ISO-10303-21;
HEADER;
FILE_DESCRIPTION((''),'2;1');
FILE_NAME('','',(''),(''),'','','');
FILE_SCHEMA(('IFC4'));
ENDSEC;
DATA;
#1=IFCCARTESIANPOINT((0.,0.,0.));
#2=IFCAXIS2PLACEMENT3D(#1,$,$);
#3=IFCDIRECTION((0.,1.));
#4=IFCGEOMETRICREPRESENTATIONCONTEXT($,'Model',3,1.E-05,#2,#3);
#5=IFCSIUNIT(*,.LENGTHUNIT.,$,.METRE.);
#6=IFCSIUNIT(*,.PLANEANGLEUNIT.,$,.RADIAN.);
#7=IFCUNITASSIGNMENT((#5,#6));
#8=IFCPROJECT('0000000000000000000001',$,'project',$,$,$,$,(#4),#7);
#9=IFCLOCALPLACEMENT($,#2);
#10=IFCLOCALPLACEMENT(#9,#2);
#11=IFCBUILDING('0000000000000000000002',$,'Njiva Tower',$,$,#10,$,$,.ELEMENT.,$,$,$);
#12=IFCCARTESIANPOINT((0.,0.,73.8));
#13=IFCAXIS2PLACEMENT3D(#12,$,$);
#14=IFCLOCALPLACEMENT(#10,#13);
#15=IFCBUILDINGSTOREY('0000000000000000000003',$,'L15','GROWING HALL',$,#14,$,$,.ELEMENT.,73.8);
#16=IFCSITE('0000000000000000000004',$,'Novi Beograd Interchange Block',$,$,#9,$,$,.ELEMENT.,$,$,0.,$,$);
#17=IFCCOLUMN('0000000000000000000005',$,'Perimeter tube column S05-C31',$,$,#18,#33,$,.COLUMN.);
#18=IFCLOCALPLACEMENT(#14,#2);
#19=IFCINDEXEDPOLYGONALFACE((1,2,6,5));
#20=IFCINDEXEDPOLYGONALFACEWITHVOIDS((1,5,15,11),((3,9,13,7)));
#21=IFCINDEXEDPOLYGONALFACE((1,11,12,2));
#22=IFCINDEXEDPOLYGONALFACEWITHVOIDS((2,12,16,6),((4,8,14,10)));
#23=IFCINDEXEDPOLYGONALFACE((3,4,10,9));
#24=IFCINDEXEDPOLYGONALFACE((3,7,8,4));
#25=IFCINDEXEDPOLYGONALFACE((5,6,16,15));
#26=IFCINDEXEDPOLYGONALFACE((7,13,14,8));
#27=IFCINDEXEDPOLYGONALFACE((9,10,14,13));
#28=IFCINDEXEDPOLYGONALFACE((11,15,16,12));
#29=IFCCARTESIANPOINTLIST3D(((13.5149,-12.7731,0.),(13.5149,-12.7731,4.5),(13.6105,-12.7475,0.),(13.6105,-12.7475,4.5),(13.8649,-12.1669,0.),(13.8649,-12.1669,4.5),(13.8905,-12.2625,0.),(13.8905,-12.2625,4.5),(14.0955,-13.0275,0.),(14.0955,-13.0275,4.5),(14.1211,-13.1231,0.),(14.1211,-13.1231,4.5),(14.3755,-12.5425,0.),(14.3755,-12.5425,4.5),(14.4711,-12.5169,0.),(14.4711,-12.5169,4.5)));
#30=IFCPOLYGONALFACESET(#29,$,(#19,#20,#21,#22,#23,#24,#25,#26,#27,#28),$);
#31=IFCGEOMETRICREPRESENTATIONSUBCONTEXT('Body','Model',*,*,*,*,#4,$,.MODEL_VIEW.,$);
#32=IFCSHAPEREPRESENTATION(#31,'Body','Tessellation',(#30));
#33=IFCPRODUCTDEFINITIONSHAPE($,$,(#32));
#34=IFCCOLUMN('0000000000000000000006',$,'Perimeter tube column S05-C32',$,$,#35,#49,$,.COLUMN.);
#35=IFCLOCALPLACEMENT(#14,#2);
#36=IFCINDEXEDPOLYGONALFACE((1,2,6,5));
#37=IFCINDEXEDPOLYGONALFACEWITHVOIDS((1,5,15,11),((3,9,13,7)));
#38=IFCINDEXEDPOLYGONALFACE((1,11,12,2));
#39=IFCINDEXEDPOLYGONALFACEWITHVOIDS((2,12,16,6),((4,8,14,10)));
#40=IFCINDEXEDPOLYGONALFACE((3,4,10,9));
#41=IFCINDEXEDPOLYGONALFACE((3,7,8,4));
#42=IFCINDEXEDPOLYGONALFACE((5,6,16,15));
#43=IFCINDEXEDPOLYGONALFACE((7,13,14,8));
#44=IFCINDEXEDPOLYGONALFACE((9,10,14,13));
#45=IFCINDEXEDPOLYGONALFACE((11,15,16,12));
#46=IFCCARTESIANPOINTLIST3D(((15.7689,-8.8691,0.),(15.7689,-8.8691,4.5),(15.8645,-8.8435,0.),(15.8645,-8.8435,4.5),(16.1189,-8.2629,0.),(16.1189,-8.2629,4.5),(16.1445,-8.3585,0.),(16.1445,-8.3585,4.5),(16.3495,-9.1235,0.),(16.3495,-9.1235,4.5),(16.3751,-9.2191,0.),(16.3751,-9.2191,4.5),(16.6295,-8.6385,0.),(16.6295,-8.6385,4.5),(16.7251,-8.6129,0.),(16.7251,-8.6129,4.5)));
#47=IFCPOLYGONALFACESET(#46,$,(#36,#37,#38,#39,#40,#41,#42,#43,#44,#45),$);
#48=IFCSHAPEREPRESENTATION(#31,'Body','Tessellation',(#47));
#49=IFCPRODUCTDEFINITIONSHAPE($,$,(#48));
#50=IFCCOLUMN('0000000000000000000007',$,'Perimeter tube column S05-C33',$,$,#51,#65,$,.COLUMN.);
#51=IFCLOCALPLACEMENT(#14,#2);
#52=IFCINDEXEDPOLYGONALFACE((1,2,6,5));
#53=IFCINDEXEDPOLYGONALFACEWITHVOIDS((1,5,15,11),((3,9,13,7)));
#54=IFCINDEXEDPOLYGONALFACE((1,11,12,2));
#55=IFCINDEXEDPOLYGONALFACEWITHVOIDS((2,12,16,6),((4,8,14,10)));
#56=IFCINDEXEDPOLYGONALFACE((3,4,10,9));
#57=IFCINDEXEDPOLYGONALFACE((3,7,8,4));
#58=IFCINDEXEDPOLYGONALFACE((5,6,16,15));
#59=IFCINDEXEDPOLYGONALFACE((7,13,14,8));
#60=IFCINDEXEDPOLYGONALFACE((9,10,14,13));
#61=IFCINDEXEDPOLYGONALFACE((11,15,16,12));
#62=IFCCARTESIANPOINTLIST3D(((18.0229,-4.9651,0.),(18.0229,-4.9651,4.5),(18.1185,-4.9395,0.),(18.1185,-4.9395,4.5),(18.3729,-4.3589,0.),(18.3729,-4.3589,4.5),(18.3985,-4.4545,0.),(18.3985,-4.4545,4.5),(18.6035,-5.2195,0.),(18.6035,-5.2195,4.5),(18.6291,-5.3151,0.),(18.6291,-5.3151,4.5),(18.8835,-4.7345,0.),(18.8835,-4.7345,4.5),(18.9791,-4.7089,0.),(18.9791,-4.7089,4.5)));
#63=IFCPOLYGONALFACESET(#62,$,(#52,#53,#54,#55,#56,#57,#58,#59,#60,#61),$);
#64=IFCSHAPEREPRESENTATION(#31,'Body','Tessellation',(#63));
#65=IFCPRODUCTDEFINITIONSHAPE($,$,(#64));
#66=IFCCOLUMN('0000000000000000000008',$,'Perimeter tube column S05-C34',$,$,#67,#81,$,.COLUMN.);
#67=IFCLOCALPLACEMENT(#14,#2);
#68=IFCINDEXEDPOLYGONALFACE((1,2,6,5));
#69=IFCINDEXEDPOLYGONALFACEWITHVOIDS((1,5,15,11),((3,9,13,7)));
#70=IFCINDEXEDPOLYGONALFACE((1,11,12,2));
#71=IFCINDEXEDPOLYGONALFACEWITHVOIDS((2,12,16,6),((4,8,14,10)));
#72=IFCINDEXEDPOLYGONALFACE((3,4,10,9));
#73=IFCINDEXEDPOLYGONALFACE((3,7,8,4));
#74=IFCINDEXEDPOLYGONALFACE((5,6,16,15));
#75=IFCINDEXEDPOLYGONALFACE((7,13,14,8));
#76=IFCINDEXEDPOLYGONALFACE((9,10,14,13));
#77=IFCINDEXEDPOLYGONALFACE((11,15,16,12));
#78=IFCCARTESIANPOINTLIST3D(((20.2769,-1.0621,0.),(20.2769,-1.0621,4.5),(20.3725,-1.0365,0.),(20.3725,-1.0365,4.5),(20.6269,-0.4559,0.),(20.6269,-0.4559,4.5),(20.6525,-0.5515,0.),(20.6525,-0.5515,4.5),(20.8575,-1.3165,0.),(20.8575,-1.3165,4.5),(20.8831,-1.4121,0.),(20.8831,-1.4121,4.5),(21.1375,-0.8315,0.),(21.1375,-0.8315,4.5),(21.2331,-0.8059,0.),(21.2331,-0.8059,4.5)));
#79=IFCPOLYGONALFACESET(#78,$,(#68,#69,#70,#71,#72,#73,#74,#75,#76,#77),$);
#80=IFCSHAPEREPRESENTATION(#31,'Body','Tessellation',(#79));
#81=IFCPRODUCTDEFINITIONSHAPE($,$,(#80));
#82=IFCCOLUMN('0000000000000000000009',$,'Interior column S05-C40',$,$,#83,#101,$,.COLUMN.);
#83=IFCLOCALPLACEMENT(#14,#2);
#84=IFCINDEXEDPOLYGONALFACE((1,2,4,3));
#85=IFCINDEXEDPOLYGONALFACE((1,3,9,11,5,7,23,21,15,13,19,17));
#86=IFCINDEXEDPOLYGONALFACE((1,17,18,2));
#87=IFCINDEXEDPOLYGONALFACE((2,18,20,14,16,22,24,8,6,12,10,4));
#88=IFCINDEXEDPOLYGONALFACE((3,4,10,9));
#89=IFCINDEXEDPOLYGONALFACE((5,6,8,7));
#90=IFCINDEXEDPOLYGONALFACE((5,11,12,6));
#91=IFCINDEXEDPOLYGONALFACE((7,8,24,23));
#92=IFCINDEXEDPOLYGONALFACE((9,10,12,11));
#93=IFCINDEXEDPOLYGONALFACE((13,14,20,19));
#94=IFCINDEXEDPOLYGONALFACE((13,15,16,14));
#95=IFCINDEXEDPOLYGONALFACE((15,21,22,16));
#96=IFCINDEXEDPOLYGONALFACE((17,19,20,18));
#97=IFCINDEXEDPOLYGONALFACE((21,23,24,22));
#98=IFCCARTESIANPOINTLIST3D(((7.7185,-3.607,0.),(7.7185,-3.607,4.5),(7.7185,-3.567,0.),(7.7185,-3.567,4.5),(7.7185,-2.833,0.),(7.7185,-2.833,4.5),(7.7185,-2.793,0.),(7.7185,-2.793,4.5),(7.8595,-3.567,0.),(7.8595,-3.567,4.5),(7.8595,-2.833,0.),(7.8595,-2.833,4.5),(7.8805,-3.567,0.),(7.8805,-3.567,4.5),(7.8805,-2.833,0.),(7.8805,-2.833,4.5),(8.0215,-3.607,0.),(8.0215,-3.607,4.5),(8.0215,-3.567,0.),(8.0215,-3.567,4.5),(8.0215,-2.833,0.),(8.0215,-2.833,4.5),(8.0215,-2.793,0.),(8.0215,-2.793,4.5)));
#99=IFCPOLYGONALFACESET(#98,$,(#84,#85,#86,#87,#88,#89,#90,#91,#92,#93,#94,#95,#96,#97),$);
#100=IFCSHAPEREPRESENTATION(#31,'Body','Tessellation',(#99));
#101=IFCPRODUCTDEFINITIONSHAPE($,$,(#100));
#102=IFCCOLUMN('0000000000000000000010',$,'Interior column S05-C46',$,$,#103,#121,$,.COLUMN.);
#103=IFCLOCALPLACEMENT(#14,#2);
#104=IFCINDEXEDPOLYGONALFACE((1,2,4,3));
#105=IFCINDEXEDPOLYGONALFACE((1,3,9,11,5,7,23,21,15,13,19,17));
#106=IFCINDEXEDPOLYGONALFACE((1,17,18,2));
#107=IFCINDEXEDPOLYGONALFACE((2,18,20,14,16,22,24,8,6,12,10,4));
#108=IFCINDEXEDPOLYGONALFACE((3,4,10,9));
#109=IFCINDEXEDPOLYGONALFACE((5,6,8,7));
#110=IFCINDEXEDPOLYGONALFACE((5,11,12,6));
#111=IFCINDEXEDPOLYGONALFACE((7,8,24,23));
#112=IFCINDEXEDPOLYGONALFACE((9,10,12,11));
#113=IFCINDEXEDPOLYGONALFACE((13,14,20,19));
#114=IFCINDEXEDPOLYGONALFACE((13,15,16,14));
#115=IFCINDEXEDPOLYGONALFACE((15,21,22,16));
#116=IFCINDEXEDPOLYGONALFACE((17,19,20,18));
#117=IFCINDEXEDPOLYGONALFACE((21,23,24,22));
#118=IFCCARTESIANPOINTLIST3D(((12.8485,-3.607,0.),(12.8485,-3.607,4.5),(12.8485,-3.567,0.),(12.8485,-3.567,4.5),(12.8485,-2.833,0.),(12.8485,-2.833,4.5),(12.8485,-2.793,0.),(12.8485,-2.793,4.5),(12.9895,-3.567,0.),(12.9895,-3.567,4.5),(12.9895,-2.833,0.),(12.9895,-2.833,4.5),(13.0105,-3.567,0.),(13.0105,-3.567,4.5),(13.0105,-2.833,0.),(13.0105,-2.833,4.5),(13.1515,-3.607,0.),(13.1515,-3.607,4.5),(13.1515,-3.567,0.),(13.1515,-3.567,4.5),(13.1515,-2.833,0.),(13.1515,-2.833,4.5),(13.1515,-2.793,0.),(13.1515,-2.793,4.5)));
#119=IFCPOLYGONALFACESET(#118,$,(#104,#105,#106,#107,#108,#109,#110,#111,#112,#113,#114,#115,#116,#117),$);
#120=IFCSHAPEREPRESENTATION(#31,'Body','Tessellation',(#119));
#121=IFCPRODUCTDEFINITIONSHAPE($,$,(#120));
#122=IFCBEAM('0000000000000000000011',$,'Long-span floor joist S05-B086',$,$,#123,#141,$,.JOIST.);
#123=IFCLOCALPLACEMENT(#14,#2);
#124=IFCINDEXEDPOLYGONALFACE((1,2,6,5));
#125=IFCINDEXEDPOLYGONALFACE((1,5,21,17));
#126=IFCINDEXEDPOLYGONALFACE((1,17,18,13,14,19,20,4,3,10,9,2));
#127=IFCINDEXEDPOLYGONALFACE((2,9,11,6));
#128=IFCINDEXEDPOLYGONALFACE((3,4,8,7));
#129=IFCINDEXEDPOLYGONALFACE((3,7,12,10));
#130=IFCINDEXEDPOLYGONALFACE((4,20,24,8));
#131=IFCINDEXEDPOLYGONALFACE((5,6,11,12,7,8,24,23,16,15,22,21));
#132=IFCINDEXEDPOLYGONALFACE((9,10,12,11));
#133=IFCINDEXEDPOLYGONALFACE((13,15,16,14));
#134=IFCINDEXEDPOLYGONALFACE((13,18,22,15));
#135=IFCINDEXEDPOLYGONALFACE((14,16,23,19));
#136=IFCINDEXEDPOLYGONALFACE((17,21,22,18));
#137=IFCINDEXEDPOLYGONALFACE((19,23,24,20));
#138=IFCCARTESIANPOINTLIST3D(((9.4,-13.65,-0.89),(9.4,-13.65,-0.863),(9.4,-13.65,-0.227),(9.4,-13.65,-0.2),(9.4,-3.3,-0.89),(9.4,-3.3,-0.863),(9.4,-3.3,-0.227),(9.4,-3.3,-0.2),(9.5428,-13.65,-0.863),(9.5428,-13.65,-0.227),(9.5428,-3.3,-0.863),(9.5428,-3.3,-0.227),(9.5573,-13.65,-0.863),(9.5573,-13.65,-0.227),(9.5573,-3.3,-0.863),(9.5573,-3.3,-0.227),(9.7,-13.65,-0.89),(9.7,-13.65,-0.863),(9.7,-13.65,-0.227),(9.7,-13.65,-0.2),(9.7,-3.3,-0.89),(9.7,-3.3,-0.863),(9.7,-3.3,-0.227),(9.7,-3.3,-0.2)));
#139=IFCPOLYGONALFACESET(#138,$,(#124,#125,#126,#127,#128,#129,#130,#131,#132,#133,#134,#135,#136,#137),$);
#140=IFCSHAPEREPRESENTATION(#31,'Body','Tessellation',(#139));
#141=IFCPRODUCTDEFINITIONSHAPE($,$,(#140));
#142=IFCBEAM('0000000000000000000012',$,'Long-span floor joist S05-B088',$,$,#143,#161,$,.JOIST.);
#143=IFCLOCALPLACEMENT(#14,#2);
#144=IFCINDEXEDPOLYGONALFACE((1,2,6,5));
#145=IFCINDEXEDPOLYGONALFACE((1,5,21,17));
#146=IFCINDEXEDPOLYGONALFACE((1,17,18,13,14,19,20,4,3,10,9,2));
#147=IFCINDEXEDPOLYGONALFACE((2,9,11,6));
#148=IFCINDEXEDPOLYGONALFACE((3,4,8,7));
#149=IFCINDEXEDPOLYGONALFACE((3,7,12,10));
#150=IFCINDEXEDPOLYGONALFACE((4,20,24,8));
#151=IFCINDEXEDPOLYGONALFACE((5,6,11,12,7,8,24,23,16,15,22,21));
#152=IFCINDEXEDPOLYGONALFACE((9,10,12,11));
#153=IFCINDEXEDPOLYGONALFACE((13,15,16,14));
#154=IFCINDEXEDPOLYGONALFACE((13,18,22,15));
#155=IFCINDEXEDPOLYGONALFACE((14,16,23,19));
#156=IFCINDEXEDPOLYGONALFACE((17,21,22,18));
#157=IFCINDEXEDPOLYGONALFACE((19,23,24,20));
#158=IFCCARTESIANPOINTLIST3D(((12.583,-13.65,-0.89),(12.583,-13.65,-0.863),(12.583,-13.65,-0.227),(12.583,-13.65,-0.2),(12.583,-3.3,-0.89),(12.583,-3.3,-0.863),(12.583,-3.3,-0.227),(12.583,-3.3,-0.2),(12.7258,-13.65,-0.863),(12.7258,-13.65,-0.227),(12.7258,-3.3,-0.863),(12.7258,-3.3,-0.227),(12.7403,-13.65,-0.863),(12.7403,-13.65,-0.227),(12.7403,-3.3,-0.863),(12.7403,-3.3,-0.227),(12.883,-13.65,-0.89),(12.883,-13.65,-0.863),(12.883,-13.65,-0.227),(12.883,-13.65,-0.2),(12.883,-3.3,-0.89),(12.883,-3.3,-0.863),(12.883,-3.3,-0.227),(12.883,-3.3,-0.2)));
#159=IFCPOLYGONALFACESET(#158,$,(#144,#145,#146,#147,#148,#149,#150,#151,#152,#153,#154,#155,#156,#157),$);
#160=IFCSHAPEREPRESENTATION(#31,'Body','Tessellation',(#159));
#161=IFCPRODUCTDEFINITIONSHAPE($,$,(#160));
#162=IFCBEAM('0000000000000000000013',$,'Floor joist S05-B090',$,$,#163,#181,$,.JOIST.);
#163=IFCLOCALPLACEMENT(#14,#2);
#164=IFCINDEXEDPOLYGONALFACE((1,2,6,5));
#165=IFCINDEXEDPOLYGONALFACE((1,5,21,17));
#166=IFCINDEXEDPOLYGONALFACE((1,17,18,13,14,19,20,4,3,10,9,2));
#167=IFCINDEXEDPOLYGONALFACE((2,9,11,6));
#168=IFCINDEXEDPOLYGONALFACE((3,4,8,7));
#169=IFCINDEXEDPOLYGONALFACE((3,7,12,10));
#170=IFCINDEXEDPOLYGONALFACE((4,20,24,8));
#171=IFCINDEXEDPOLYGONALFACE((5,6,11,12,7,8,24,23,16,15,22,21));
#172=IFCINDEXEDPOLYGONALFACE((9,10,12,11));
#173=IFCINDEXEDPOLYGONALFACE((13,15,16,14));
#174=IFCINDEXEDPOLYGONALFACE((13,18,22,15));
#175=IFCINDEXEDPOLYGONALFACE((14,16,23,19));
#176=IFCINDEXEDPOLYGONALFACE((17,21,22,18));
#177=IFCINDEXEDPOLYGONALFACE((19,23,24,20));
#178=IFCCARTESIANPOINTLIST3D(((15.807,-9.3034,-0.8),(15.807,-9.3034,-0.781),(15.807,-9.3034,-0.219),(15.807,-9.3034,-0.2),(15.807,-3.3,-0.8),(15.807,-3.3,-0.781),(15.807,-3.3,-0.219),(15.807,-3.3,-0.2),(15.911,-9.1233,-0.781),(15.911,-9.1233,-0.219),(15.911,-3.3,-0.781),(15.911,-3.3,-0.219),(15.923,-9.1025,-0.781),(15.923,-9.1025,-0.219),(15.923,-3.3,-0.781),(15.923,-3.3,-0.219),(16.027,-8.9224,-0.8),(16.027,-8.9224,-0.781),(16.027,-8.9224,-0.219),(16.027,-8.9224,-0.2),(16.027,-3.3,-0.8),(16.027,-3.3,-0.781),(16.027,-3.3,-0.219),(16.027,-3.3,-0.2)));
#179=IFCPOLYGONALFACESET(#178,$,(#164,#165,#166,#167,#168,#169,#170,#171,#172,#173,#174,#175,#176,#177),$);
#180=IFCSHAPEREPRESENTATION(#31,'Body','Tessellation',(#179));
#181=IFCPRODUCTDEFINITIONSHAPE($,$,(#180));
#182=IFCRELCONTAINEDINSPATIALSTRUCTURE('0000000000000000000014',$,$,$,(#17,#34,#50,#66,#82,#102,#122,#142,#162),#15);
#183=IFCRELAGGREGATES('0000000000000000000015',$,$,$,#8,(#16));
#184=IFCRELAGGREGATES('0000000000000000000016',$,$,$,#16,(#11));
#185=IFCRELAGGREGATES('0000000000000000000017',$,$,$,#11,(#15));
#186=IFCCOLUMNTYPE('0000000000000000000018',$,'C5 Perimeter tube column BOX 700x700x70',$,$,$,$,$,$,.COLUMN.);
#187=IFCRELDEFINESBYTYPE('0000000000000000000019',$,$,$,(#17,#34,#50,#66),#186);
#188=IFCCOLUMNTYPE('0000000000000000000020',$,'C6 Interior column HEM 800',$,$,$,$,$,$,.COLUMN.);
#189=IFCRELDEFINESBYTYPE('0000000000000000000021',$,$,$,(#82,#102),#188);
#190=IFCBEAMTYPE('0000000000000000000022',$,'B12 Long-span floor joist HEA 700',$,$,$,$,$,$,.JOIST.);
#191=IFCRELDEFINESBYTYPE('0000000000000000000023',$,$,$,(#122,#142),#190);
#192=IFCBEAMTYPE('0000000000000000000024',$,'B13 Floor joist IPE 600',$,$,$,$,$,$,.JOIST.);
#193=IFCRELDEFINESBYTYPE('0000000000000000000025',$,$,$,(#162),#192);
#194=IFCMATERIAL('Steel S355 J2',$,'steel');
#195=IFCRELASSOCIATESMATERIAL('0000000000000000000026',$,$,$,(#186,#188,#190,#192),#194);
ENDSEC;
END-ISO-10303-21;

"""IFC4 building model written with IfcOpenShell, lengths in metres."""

from ifc_helpers import new_model, si_unit, direction, frame, origin, origin_2d, place, context, subcontext, project, spatial, hollow_rectangle, i_section, extrude, clip, halfspace, material, material_profile, profile_set, type_object, element, save


model = new_model("IFC4")

# Units and contexts
model_context = context("Model", 3, precision=1e-05, world=origin(), true_north=direction((0.0, 1.0)))
body_context = subcontext(model_context, "Body", "Model", "MODEL_VIEW")
ifc_project = project(units=[si_unit("LENGTHUNIT", "METRE"), si_unit("PLANEANGLEUNIT", "RADIAN")], contexts=[model_context])

# Site, building, storey
site_placement = place(None, origin())
site = spatial("IfcSite", under=ifc_project, at=site_placement, Name="Novi Beograd Interchange Block", CompositionType="ELEMENT", RefElevation=0.0)
building_placement = place(site_placement, origin())
building = spatial("IfcBuilding", under=site, at=building_placement, Name="Njiva Tower", CompositionType="ELEMENT")
storey_placement = place(building_placement, frame((0.0, 0.0, 73.8)))
storey = spatial("IfcBuildingStorey", under=building, at=storey_placement, Name="L15", Description="GROWING HALL", CompositionType="ELEMENT", Elevation=73.8)

# Columns
ifc_material_1 = material(Name="Steel S355 J2", Category="steel")
ifc_material_profile_1 = material_profile(ifc_material_1, hollow_rectangle(XDim=0.7, YDim=0.7, WallThickness=0.07, at=origin_2d()), Name="BOX 700x700x70")
ifc_profile_set_1 = profile_set([ifc_material_profile_1], Name="Steel S355 J2")
column_type_1 = type_object("IfcColumnType", Name="C5 Perimeter tube column BOX 700x700x70", PredefinedType="COLUMN", material=ifc_profile_set_1)
for number, where, z_axis, x_axis, name in (
    (1, (13.993, -12.645, 0.0), (0.0, 0.0, 1.0), (0.5, 0.866025, 0.0), "Perimeter tube column S05-C31"),
    (2, (16.247, -8.741, 0.0), (0.0, 0.0, 1.0), (0.5, 0.866025, 0.0), "Perimeter tube column S05-C32"),
    (3, (18.501, -4.837, 0.0), (0.0, 0.0, 1.0), (0.5, 0.866025, 0.0), "Perimeter tube column S05-C33"),
    (4, (20.755, -0.934, 0.0), (0.0, 0.0, 1.0), (0.5, 0.866025, 0.0), "Perimeter tube column S05-C34"),
):
    element("IfcColumn", number, at=place(storey_placement, frame(where, z_axis=z_axis, x_axis=x_axis)), inside=storey, type_object=column_type_1, Name=name, PredefinedType="COLUMN", context=body_context, shape_type="SweptSolid", body=[
        extrude(hollow_rectangle(XDim=0.7, YDim=0.7, WallThickness=0.07, at=origin_2d()), origin(), (0.0, 0.0, 1.0), 4.5),
    ])
ifc_material_profile_2 = material_profile(ifc_material_1, i_section(OverallWidth=0.303, OverallDepth=0.814, WebThickness=0.021, FlangeThickness=0.04, at=origin_2d()), Name="HEM 800")
ifc_profile_set_2 = profile_set([ifc_material_profile_2], Name="Steel S355 J2")
column_type_2 = type_object("IfcColumnType", Name="C6 Interior column HEM 800", PredefinedType="COLUMN", material=ifc_profile_set_2)
for number, where, z_axis, x_axis, name in (
    (5, (7.87, -3.2, 0.0), (0.0, 0.0, 1.0), (1.0, 0.0, 0.0), "Interior column S05-C40"),
    (6, (13.0, -3.2, 0.0), (0.0, 0.0, 1.0), (1.0, 0.0, 0.0), "Interior column S05-C46"),
):
    element("IfcColumn", number, at=place(storey_placement, frame(where, z_axis=z_axis, x_axis=x_axis)), inside=storey, type_object=column_type_2, Name=name, PredefinedType="COLUMN", context=body_context, shape_type="SweptSolid", body=[
        extrude(i_section(OverallWidth=0.303, OverallDepth=0.814, WebThickness=0.021, FlangeThickness=0.04, at=origin_2d()), origin(), (0.0, 0.0, 1.0), 4.5),
    ])

# Beams
ifc_material_profile_3 = material_profile(ifc_material_1, i_section(OverallWidth=0.3, OverallDepth=0.69, WebThickness=0.0145, FlangeThickness=0.027, at=origin_2d()), Name="HEA 700")
ifc_profile_set_3 = profile_set([ifc_material_profile_3], Name="Steel S355 J2")
beam_type_1 = type_object("IfcBeamType", Name="B12 Long-span floor joist HEA 700", PredefinedType="JOIST", material=ifc_profile_set_3)
for number, where, z_axis, x_axis, name in (
    (7, (9.55, -3.3, -0.545), (0.0, -1.0, 0.0), (1.0, 0.0, 0.0), "Long-span floor joist S05-B086"),
    (8, (12.733, -3.3, -0.545), (0.0, -1.0, 0.0), (1.0, 0.0, 0.0), "Long-span floor joist S05-B088"),
):
    element("IfcBeam", number, at=place(storey_placement, frame(where, z_axis=z_axis, x_axis=x_axis)), inside=storey, type_object=beam_type_1, Name=name, PredefinedType="JOIST", context=body_context, shape_type="SweptSolid", body=[
        extrude(i_section(OverallWidth=0.3, OverallDepth=0.69, WebThickness=0.0145, FlangeThickness=0.027, at=origin_2d()), origin(), (0.0, 0.0, 1.0), 10.35),
    ])
ifc_material_profile_4 = material_profile(ifc_material_1, i_section(OverallWidth=0.22, OverallDepth=0.6, WebThickness=0.012, FlangeThickness=0.019, at=origin_2d()), Name="IPE 600")
ifc_profile_set_4 = profile_set([ifc_material_profile_4], Name="Steel S355 J2")
beam_type_2 = type_object("IfcBeamType", Name="B13 Floor joist IPE 600", PredefinedType="JOIST", material=ifc_profile_set_4)
beam_1_placement = place(storey_placement, frame((15.917, -3.3, -0.5), z_axis=(0.0, -1.0, 0.0), x_axis=(1.0, 0.0, 0.0)))
element("IfcBeam", 9, at=beam_1_placement, inside=storey, type_object=beam_type_2, Name="Floor joist S05-B090", PredefinedType="JOIST", context=body_context, shape_type="Clipping", body=[
    clip(extrude(i_section(OverallWidth=0.22, OverallDepth=0.6, WebThickness=0.012, FlangeThickness=0.019, at=origin_2d()), origin(), (0.0, 0.0, 1.0), 6.024), halfspace(frame((0.043, 0.0, 5.7384), z_axis=(0.866027, 0.0, 0.499998), x_axis=(0.0, 1.0, 0.0)), False)),
])

save(model, "model.ifc")
